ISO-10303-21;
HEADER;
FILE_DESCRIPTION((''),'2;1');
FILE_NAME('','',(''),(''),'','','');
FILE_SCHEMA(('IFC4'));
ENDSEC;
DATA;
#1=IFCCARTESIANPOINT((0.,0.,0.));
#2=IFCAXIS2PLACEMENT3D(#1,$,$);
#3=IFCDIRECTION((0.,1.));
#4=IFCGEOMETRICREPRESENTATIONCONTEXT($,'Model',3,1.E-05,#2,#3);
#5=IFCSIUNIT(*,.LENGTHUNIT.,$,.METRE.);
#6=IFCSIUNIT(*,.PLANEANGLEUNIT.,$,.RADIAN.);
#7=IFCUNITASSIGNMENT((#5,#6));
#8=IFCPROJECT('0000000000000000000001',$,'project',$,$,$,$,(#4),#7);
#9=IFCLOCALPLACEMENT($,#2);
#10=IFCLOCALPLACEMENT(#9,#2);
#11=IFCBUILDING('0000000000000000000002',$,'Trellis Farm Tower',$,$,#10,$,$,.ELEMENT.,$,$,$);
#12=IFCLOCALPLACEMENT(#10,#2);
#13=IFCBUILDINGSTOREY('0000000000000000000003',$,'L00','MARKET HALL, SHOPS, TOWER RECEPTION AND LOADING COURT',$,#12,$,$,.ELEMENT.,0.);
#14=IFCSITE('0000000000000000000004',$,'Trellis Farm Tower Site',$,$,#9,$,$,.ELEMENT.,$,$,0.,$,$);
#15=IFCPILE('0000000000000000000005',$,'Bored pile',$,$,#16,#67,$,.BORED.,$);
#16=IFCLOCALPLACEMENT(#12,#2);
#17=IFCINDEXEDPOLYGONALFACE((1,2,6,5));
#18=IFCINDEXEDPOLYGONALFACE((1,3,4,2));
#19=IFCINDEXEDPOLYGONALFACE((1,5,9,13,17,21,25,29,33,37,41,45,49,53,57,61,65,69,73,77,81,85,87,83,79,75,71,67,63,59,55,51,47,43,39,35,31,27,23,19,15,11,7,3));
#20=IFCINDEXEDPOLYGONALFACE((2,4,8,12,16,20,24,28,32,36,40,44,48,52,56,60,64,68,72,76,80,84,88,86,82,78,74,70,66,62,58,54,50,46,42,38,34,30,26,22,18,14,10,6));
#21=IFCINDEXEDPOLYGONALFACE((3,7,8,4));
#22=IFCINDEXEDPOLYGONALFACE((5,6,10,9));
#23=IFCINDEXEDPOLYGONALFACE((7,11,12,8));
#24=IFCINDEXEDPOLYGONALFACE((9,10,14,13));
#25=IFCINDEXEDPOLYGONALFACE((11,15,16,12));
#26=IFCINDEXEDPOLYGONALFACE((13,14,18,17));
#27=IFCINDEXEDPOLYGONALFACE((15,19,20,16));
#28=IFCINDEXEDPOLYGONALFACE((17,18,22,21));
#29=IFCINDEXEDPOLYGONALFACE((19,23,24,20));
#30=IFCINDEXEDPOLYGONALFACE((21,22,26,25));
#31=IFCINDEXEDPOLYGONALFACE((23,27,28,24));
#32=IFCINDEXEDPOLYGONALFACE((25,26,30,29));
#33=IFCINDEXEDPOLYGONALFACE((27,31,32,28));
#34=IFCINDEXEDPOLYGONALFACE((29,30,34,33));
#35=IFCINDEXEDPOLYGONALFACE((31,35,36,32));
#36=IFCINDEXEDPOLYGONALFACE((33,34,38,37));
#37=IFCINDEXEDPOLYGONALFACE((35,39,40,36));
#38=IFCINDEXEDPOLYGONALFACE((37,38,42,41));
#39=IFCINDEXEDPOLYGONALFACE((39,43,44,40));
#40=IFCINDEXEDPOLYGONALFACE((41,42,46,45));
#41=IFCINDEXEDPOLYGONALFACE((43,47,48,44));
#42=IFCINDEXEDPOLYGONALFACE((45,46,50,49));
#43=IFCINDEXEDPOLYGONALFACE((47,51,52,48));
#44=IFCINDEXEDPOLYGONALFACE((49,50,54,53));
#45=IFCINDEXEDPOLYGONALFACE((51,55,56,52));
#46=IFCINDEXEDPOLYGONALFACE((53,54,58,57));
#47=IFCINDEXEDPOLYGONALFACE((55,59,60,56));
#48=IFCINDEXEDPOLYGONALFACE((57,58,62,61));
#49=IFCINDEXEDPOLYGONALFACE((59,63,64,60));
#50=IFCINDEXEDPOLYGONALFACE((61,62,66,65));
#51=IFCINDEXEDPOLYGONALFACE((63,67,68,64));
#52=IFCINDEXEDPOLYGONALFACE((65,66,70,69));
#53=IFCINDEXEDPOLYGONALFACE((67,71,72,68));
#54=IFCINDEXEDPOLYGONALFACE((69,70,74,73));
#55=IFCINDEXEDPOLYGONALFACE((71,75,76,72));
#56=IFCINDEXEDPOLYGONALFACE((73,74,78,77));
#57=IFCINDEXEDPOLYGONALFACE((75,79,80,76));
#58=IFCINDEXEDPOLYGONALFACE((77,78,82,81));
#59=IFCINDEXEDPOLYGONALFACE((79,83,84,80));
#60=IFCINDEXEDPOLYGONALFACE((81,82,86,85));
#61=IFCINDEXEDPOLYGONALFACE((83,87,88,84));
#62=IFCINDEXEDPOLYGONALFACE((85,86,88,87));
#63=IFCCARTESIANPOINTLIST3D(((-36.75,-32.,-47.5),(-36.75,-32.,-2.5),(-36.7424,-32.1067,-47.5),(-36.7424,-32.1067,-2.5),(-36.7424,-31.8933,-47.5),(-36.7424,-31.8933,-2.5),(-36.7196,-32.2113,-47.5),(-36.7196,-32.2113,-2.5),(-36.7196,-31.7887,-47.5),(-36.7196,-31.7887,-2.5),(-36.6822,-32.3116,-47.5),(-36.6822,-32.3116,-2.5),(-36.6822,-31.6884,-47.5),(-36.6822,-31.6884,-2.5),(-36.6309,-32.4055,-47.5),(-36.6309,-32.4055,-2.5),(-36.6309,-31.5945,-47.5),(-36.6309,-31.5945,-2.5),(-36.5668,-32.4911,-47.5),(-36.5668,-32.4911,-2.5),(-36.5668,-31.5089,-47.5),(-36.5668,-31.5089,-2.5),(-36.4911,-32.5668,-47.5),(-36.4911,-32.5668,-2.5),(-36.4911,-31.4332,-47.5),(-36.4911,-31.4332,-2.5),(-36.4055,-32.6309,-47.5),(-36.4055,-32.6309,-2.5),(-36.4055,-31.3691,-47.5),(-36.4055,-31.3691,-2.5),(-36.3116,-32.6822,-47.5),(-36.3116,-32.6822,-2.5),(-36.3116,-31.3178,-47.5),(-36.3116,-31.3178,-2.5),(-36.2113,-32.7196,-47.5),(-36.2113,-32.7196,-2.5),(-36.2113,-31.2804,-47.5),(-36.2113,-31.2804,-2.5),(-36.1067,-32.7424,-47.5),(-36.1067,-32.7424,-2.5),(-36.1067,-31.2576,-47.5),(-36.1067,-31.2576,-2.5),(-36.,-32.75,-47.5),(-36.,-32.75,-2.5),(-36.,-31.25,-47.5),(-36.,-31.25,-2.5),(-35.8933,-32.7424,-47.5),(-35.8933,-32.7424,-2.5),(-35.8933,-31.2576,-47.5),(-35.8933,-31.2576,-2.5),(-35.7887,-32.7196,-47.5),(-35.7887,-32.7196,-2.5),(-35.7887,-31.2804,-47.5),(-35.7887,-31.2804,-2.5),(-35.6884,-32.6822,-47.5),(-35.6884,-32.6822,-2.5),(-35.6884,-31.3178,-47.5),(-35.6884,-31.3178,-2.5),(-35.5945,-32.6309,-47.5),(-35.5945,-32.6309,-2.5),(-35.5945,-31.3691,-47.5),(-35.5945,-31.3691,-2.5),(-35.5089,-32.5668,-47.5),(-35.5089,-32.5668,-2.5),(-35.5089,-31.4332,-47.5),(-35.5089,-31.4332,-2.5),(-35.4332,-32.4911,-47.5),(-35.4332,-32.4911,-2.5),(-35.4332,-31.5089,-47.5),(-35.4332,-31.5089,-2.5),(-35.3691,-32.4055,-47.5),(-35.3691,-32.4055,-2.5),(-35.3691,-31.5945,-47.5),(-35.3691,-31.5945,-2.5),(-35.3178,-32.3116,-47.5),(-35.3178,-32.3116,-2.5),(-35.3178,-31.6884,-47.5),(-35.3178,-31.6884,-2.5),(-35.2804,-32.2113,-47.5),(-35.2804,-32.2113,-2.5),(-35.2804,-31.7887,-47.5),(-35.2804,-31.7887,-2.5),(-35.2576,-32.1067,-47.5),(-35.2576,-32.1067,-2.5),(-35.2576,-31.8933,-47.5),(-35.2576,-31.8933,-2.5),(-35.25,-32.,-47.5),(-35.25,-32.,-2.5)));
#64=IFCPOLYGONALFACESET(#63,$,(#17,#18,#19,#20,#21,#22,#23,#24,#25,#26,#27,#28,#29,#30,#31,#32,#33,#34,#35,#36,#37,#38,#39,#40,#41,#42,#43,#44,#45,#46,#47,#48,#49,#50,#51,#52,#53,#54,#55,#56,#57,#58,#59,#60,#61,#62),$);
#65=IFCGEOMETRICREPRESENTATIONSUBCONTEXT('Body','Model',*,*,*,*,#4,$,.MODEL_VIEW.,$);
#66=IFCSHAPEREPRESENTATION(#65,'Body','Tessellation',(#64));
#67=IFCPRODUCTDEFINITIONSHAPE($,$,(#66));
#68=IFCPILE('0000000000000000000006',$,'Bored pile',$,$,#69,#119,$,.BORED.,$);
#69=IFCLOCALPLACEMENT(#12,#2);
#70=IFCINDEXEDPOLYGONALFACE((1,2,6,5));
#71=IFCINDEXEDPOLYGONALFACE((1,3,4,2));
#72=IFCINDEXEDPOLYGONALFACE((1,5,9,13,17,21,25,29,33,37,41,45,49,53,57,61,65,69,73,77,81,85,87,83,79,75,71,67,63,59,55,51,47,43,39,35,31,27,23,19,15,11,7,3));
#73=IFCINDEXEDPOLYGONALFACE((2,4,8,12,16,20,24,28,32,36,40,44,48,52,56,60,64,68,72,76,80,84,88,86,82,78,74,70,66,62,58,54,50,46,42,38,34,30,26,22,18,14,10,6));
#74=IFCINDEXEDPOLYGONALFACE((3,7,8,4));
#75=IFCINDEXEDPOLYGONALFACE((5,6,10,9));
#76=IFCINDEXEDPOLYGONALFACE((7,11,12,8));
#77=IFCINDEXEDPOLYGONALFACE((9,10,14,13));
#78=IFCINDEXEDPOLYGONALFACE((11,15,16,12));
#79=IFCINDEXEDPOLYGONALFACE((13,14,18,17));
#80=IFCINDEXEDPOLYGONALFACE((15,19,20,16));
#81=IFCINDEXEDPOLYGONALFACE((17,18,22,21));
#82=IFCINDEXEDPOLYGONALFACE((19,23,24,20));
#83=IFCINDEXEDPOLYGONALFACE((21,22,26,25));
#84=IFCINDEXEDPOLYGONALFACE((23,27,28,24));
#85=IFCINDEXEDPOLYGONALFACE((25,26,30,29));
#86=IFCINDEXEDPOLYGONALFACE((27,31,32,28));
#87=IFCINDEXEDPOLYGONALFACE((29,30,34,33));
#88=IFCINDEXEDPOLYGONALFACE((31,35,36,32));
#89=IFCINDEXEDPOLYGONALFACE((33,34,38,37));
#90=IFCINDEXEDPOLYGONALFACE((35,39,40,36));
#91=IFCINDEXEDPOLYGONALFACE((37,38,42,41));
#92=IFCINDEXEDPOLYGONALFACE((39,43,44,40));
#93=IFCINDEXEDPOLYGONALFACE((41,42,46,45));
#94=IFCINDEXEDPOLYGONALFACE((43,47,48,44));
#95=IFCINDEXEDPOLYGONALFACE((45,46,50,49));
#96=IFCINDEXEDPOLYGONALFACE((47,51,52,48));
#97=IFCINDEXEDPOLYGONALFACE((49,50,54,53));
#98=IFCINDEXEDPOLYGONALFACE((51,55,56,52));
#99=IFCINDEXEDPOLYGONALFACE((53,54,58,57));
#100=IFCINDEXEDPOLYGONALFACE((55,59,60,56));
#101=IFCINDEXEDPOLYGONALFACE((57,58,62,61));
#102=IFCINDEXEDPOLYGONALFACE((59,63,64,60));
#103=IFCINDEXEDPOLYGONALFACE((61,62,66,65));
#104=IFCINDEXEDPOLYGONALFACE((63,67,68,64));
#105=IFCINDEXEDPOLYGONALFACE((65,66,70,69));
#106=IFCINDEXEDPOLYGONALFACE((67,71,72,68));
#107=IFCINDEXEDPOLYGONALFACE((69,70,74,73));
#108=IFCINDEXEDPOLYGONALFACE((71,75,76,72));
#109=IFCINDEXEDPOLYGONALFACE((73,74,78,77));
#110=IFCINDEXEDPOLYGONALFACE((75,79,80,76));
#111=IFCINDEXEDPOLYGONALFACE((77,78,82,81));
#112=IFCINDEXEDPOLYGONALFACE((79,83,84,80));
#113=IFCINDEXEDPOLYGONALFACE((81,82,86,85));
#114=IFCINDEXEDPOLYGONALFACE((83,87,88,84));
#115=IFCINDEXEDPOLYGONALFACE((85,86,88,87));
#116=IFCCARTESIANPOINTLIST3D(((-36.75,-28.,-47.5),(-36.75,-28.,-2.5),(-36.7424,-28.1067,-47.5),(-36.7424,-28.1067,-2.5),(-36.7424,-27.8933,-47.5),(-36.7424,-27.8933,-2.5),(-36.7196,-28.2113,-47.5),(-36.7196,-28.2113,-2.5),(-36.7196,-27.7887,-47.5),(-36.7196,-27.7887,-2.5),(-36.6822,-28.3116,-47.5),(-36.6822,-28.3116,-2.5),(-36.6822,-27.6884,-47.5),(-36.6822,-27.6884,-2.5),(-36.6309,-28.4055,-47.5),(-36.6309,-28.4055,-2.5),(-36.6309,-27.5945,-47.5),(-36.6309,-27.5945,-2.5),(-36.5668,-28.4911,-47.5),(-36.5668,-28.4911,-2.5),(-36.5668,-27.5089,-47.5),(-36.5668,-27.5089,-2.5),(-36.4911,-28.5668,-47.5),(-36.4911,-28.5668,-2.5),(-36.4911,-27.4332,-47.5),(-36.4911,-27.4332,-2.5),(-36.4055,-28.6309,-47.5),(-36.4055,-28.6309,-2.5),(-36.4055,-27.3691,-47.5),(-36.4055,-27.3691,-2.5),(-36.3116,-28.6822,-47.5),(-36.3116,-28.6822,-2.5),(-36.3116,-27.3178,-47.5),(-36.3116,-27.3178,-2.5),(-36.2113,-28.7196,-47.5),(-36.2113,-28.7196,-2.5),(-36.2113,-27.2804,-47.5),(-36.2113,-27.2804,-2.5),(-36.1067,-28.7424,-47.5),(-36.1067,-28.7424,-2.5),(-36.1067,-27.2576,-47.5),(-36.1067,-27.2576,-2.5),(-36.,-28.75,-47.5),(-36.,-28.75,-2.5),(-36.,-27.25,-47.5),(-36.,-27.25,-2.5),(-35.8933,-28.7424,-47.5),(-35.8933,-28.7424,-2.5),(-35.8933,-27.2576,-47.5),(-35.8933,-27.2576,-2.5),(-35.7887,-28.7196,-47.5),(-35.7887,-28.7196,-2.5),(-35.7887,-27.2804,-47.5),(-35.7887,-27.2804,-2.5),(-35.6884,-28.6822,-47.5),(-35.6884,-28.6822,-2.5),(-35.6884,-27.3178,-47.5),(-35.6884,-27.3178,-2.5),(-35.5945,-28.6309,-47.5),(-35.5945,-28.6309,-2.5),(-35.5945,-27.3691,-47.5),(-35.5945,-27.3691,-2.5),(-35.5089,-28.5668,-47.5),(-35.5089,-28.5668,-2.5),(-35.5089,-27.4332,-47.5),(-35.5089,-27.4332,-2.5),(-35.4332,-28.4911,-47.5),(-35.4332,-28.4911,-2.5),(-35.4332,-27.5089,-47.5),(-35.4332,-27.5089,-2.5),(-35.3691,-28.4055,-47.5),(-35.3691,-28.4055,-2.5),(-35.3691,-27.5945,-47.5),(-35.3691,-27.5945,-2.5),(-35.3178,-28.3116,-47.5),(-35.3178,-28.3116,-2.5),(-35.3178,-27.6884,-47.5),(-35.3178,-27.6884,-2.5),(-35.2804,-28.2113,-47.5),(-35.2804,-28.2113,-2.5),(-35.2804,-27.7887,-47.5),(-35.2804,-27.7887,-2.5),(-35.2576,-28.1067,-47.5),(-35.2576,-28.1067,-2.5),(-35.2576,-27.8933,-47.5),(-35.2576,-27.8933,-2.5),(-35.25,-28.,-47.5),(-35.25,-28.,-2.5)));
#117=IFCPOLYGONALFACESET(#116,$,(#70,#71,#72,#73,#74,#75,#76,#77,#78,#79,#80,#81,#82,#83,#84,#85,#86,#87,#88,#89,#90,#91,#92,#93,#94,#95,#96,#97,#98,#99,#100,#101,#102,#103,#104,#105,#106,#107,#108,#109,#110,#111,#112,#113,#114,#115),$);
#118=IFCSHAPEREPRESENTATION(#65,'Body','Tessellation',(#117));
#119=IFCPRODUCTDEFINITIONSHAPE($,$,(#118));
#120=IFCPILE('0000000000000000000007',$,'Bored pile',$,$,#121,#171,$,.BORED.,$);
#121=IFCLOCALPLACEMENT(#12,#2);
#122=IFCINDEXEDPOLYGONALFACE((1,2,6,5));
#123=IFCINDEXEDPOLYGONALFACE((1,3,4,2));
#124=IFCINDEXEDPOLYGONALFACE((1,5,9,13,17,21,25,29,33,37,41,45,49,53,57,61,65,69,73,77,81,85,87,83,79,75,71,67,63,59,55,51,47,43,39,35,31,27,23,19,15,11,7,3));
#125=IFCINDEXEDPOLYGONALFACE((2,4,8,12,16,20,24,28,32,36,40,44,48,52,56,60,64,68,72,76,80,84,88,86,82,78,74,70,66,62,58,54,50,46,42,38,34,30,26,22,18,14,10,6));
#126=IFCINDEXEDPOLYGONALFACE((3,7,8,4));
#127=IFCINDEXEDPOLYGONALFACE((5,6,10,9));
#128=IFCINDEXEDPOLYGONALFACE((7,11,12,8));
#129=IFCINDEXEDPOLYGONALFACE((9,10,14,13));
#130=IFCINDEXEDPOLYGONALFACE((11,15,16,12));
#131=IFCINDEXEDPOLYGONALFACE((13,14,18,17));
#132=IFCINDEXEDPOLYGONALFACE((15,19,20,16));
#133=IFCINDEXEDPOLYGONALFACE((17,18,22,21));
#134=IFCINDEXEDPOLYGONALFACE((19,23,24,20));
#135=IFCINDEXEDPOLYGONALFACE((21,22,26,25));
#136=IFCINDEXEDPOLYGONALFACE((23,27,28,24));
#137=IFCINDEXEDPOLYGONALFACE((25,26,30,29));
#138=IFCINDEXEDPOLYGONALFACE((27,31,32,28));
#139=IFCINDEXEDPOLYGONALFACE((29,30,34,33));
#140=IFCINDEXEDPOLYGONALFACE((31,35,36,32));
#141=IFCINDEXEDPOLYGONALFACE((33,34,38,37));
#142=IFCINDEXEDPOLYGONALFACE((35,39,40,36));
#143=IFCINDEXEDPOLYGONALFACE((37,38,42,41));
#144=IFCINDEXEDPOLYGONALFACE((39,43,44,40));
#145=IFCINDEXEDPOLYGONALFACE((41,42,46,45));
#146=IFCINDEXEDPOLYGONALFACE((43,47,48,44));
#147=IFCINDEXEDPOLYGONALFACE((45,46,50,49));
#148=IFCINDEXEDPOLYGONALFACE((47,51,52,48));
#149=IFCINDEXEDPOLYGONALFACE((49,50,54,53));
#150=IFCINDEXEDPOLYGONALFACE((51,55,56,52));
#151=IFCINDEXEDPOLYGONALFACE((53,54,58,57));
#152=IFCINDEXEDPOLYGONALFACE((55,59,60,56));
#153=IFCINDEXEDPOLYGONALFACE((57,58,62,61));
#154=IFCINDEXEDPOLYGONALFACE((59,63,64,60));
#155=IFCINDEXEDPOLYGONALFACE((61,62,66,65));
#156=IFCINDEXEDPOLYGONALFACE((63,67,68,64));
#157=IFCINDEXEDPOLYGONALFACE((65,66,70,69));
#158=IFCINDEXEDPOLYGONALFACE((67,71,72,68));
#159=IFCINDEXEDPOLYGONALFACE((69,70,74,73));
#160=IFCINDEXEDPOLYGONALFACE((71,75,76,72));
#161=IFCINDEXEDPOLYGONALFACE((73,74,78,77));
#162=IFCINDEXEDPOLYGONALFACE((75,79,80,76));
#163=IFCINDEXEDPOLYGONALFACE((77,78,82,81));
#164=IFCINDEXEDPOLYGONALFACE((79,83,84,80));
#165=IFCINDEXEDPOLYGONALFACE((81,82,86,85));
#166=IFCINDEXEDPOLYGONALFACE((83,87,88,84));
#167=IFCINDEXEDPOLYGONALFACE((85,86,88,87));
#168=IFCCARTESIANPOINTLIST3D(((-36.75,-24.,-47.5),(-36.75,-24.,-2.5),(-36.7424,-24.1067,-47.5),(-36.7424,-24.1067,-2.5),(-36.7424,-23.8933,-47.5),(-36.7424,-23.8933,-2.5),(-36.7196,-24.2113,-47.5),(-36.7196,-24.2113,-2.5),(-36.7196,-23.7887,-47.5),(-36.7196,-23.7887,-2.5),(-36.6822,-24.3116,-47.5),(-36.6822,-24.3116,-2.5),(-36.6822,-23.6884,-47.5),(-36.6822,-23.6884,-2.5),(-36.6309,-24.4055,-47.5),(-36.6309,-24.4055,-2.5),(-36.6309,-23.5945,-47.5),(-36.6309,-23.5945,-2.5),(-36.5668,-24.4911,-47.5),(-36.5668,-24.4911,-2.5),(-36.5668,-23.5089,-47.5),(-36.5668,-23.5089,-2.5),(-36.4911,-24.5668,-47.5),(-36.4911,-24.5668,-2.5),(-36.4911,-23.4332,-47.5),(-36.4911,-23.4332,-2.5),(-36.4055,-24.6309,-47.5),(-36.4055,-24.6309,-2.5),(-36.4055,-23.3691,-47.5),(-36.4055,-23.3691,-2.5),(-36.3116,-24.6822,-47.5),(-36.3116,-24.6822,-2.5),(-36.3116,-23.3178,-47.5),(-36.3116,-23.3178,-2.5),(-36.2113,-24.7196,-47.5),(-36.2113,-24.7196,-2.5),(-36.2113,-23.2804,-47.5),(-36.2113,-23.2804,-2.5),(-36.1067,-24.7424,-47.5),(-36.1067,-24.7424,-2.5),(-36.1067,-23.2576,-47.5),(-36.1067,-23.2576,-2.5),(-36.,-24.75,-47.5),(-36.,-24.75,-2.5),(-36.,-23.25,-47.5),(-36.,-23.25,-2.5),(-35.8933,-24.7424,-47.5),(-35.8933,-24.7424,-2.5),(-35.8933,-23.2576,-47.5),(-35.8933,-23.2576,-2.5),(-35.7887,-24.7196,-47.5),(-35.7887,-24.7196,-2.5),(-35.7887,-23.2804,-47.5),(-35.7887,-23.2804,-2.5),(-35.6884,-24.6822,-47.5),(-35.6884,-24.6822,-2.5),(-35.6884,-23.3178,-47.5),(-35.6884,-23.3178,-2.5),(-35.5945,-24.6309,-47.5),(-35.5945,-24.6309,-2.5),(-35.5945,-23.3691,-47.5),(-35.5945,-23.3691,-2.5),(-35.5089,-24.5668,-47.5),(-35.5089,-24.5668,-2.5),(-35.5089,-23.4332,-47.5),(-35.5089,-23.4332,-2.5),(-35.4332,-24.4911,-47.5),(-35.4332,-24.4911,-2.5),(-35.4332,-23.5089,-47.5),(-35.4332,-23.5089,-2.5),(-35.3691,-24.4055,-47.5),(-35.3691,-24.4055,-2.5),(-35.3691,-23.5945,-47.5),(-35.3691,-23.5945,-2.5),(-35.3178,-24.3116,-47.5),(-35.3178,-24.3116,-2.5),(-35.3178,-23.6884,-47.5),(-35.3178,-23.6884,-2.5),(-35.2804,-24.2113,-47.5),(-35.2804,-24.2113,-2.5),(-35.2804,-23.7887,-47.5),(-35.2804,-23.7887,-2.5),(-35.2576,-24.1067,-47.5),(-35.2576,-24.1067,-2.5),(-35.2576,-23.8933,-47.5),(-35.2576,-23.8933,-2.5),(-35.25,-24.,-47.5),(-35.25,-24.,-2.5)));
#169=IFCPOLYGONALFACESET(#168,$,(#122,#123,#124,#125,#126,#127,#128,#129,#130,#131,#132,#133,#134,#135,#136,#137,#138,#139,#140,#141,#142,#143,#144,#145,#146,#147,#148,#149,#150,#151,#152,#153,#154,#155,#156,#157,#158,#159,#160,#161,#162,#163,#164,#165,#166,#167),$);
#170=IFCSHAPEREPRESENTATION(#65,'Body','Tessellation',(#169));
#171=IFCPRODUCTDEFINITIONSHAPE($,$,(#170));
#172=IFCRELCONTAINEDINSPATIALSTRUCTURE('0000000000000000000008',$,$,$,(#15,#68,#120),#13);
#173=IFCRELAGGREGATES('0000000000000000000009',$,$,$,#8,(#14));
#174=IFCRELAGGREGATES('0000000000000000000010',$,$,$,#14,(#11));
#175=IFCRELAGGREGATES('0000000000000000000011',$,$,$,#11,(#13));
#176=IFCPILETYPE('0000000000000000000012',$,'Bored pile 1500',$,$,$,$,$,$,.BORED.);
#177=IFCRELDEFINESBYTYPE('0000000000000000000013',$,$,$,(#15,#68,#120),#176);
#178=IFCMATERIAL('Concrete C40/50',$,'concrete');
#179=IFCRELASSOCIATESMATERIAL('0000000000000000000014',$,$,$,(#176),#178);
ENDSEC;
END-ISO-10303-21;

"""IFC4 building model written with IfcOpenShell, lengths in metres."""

from ifc_helpers import new_model, si_unit, direction, frame, origin, origin_2d, place, context, subcontext, project, spatial, circle, extrude, source, transform, mapped, material, material_profile, profile_set, type_object, element, save


model = new_model("IFC4")

# Units and contexts
model_context = context("Model", 3, precision=1e-05, world=origin(), true_north=direction((0.0, 1.0)))
body_context = subcontext(model_context, "Body", "Model", "MODEL_VIEW")
ifc_project = project(units=[si_unit("LENGTHUNIT", "METRE"), si_unit("PLANEANGLEUNIT", "RADIAN")], contexts=[model_context])

# Site, building, storey
site_placement = place(None, origin())
site = spatial("IfcSite", under=ifc_project, at=site_placement, Name="Trellis Farm Tower Site", CompositionType="ELEMENT", RefElevation=0.0)
building_placement = place(site_placement, origin())
building = spatial("IfcBuilding", under=site, at=building_placement, Name="Trellis Farm Tower", CompositionType="ELEMENT")
storey_placement = place(building_placement, origin())
storey = spatial("IfcBuildingStorey", under=building, at=storey_placement, Name="L00", Description="MARKET HALL, SHOPS, TOWER RECEPTION AND LOADING COURT", CompositionType="ELEMENT", Elevation=0.0)

# Piles
ifc_material_1 = material(Name="Concrete C40/50", Category="concrete")
ifc_material_profile_1 = material_profile(ifc_material_1, circle(Radius=0.75, at=origin_2d()), Name="Bored pile 1500")
ifc_profile_set_1 = profile_set([ifc_material_profile_1], Name="Concrete C40/50")
pile_type = type_object("IfcPileType", Name="Bored pile 1500", PredefinedType="BORED", material=ifc_profile_set_1)
shared_shape_1 = source(origin(), body_context, "Body", "SweptSolid", [
    extrude(circle(Radius=0.75, at=origin_2d()), origin(), (0.0, 0.0, 1.0), 45.0),
])
for number, where, z_axis, x_axis, name in (
    (1, (-36.0, -32.0, -2.5), (0.0, 0.0, -1.0), (1.0, 0.0, 0.0), "Bored pile"),
    (2, (-36.0, -28.0, -2.5), (0.0, 0.0, -1.0), (1.0, 0.0, 0.0), "Bored pile"),
    (3, (-36.0, -24.0, -2.5), (0.0, 0.0, -1.0), (1.0, 0.0, 0.0), "Bored pile"),
):
    element("IfcPile", number, at=place(storey_placement, frame(where, z_axis=z_axis, x_axis=x_axis)), inside=storey, type_object=pile_type, Name=name, PredefinedType="BORED", context=body_context, shape_type="MappedRepresentation", body=[
        mapped(shared_shape_1, transform((0.0, 0.0, 0.0))),
    ])

save(model, "model.ifc")
